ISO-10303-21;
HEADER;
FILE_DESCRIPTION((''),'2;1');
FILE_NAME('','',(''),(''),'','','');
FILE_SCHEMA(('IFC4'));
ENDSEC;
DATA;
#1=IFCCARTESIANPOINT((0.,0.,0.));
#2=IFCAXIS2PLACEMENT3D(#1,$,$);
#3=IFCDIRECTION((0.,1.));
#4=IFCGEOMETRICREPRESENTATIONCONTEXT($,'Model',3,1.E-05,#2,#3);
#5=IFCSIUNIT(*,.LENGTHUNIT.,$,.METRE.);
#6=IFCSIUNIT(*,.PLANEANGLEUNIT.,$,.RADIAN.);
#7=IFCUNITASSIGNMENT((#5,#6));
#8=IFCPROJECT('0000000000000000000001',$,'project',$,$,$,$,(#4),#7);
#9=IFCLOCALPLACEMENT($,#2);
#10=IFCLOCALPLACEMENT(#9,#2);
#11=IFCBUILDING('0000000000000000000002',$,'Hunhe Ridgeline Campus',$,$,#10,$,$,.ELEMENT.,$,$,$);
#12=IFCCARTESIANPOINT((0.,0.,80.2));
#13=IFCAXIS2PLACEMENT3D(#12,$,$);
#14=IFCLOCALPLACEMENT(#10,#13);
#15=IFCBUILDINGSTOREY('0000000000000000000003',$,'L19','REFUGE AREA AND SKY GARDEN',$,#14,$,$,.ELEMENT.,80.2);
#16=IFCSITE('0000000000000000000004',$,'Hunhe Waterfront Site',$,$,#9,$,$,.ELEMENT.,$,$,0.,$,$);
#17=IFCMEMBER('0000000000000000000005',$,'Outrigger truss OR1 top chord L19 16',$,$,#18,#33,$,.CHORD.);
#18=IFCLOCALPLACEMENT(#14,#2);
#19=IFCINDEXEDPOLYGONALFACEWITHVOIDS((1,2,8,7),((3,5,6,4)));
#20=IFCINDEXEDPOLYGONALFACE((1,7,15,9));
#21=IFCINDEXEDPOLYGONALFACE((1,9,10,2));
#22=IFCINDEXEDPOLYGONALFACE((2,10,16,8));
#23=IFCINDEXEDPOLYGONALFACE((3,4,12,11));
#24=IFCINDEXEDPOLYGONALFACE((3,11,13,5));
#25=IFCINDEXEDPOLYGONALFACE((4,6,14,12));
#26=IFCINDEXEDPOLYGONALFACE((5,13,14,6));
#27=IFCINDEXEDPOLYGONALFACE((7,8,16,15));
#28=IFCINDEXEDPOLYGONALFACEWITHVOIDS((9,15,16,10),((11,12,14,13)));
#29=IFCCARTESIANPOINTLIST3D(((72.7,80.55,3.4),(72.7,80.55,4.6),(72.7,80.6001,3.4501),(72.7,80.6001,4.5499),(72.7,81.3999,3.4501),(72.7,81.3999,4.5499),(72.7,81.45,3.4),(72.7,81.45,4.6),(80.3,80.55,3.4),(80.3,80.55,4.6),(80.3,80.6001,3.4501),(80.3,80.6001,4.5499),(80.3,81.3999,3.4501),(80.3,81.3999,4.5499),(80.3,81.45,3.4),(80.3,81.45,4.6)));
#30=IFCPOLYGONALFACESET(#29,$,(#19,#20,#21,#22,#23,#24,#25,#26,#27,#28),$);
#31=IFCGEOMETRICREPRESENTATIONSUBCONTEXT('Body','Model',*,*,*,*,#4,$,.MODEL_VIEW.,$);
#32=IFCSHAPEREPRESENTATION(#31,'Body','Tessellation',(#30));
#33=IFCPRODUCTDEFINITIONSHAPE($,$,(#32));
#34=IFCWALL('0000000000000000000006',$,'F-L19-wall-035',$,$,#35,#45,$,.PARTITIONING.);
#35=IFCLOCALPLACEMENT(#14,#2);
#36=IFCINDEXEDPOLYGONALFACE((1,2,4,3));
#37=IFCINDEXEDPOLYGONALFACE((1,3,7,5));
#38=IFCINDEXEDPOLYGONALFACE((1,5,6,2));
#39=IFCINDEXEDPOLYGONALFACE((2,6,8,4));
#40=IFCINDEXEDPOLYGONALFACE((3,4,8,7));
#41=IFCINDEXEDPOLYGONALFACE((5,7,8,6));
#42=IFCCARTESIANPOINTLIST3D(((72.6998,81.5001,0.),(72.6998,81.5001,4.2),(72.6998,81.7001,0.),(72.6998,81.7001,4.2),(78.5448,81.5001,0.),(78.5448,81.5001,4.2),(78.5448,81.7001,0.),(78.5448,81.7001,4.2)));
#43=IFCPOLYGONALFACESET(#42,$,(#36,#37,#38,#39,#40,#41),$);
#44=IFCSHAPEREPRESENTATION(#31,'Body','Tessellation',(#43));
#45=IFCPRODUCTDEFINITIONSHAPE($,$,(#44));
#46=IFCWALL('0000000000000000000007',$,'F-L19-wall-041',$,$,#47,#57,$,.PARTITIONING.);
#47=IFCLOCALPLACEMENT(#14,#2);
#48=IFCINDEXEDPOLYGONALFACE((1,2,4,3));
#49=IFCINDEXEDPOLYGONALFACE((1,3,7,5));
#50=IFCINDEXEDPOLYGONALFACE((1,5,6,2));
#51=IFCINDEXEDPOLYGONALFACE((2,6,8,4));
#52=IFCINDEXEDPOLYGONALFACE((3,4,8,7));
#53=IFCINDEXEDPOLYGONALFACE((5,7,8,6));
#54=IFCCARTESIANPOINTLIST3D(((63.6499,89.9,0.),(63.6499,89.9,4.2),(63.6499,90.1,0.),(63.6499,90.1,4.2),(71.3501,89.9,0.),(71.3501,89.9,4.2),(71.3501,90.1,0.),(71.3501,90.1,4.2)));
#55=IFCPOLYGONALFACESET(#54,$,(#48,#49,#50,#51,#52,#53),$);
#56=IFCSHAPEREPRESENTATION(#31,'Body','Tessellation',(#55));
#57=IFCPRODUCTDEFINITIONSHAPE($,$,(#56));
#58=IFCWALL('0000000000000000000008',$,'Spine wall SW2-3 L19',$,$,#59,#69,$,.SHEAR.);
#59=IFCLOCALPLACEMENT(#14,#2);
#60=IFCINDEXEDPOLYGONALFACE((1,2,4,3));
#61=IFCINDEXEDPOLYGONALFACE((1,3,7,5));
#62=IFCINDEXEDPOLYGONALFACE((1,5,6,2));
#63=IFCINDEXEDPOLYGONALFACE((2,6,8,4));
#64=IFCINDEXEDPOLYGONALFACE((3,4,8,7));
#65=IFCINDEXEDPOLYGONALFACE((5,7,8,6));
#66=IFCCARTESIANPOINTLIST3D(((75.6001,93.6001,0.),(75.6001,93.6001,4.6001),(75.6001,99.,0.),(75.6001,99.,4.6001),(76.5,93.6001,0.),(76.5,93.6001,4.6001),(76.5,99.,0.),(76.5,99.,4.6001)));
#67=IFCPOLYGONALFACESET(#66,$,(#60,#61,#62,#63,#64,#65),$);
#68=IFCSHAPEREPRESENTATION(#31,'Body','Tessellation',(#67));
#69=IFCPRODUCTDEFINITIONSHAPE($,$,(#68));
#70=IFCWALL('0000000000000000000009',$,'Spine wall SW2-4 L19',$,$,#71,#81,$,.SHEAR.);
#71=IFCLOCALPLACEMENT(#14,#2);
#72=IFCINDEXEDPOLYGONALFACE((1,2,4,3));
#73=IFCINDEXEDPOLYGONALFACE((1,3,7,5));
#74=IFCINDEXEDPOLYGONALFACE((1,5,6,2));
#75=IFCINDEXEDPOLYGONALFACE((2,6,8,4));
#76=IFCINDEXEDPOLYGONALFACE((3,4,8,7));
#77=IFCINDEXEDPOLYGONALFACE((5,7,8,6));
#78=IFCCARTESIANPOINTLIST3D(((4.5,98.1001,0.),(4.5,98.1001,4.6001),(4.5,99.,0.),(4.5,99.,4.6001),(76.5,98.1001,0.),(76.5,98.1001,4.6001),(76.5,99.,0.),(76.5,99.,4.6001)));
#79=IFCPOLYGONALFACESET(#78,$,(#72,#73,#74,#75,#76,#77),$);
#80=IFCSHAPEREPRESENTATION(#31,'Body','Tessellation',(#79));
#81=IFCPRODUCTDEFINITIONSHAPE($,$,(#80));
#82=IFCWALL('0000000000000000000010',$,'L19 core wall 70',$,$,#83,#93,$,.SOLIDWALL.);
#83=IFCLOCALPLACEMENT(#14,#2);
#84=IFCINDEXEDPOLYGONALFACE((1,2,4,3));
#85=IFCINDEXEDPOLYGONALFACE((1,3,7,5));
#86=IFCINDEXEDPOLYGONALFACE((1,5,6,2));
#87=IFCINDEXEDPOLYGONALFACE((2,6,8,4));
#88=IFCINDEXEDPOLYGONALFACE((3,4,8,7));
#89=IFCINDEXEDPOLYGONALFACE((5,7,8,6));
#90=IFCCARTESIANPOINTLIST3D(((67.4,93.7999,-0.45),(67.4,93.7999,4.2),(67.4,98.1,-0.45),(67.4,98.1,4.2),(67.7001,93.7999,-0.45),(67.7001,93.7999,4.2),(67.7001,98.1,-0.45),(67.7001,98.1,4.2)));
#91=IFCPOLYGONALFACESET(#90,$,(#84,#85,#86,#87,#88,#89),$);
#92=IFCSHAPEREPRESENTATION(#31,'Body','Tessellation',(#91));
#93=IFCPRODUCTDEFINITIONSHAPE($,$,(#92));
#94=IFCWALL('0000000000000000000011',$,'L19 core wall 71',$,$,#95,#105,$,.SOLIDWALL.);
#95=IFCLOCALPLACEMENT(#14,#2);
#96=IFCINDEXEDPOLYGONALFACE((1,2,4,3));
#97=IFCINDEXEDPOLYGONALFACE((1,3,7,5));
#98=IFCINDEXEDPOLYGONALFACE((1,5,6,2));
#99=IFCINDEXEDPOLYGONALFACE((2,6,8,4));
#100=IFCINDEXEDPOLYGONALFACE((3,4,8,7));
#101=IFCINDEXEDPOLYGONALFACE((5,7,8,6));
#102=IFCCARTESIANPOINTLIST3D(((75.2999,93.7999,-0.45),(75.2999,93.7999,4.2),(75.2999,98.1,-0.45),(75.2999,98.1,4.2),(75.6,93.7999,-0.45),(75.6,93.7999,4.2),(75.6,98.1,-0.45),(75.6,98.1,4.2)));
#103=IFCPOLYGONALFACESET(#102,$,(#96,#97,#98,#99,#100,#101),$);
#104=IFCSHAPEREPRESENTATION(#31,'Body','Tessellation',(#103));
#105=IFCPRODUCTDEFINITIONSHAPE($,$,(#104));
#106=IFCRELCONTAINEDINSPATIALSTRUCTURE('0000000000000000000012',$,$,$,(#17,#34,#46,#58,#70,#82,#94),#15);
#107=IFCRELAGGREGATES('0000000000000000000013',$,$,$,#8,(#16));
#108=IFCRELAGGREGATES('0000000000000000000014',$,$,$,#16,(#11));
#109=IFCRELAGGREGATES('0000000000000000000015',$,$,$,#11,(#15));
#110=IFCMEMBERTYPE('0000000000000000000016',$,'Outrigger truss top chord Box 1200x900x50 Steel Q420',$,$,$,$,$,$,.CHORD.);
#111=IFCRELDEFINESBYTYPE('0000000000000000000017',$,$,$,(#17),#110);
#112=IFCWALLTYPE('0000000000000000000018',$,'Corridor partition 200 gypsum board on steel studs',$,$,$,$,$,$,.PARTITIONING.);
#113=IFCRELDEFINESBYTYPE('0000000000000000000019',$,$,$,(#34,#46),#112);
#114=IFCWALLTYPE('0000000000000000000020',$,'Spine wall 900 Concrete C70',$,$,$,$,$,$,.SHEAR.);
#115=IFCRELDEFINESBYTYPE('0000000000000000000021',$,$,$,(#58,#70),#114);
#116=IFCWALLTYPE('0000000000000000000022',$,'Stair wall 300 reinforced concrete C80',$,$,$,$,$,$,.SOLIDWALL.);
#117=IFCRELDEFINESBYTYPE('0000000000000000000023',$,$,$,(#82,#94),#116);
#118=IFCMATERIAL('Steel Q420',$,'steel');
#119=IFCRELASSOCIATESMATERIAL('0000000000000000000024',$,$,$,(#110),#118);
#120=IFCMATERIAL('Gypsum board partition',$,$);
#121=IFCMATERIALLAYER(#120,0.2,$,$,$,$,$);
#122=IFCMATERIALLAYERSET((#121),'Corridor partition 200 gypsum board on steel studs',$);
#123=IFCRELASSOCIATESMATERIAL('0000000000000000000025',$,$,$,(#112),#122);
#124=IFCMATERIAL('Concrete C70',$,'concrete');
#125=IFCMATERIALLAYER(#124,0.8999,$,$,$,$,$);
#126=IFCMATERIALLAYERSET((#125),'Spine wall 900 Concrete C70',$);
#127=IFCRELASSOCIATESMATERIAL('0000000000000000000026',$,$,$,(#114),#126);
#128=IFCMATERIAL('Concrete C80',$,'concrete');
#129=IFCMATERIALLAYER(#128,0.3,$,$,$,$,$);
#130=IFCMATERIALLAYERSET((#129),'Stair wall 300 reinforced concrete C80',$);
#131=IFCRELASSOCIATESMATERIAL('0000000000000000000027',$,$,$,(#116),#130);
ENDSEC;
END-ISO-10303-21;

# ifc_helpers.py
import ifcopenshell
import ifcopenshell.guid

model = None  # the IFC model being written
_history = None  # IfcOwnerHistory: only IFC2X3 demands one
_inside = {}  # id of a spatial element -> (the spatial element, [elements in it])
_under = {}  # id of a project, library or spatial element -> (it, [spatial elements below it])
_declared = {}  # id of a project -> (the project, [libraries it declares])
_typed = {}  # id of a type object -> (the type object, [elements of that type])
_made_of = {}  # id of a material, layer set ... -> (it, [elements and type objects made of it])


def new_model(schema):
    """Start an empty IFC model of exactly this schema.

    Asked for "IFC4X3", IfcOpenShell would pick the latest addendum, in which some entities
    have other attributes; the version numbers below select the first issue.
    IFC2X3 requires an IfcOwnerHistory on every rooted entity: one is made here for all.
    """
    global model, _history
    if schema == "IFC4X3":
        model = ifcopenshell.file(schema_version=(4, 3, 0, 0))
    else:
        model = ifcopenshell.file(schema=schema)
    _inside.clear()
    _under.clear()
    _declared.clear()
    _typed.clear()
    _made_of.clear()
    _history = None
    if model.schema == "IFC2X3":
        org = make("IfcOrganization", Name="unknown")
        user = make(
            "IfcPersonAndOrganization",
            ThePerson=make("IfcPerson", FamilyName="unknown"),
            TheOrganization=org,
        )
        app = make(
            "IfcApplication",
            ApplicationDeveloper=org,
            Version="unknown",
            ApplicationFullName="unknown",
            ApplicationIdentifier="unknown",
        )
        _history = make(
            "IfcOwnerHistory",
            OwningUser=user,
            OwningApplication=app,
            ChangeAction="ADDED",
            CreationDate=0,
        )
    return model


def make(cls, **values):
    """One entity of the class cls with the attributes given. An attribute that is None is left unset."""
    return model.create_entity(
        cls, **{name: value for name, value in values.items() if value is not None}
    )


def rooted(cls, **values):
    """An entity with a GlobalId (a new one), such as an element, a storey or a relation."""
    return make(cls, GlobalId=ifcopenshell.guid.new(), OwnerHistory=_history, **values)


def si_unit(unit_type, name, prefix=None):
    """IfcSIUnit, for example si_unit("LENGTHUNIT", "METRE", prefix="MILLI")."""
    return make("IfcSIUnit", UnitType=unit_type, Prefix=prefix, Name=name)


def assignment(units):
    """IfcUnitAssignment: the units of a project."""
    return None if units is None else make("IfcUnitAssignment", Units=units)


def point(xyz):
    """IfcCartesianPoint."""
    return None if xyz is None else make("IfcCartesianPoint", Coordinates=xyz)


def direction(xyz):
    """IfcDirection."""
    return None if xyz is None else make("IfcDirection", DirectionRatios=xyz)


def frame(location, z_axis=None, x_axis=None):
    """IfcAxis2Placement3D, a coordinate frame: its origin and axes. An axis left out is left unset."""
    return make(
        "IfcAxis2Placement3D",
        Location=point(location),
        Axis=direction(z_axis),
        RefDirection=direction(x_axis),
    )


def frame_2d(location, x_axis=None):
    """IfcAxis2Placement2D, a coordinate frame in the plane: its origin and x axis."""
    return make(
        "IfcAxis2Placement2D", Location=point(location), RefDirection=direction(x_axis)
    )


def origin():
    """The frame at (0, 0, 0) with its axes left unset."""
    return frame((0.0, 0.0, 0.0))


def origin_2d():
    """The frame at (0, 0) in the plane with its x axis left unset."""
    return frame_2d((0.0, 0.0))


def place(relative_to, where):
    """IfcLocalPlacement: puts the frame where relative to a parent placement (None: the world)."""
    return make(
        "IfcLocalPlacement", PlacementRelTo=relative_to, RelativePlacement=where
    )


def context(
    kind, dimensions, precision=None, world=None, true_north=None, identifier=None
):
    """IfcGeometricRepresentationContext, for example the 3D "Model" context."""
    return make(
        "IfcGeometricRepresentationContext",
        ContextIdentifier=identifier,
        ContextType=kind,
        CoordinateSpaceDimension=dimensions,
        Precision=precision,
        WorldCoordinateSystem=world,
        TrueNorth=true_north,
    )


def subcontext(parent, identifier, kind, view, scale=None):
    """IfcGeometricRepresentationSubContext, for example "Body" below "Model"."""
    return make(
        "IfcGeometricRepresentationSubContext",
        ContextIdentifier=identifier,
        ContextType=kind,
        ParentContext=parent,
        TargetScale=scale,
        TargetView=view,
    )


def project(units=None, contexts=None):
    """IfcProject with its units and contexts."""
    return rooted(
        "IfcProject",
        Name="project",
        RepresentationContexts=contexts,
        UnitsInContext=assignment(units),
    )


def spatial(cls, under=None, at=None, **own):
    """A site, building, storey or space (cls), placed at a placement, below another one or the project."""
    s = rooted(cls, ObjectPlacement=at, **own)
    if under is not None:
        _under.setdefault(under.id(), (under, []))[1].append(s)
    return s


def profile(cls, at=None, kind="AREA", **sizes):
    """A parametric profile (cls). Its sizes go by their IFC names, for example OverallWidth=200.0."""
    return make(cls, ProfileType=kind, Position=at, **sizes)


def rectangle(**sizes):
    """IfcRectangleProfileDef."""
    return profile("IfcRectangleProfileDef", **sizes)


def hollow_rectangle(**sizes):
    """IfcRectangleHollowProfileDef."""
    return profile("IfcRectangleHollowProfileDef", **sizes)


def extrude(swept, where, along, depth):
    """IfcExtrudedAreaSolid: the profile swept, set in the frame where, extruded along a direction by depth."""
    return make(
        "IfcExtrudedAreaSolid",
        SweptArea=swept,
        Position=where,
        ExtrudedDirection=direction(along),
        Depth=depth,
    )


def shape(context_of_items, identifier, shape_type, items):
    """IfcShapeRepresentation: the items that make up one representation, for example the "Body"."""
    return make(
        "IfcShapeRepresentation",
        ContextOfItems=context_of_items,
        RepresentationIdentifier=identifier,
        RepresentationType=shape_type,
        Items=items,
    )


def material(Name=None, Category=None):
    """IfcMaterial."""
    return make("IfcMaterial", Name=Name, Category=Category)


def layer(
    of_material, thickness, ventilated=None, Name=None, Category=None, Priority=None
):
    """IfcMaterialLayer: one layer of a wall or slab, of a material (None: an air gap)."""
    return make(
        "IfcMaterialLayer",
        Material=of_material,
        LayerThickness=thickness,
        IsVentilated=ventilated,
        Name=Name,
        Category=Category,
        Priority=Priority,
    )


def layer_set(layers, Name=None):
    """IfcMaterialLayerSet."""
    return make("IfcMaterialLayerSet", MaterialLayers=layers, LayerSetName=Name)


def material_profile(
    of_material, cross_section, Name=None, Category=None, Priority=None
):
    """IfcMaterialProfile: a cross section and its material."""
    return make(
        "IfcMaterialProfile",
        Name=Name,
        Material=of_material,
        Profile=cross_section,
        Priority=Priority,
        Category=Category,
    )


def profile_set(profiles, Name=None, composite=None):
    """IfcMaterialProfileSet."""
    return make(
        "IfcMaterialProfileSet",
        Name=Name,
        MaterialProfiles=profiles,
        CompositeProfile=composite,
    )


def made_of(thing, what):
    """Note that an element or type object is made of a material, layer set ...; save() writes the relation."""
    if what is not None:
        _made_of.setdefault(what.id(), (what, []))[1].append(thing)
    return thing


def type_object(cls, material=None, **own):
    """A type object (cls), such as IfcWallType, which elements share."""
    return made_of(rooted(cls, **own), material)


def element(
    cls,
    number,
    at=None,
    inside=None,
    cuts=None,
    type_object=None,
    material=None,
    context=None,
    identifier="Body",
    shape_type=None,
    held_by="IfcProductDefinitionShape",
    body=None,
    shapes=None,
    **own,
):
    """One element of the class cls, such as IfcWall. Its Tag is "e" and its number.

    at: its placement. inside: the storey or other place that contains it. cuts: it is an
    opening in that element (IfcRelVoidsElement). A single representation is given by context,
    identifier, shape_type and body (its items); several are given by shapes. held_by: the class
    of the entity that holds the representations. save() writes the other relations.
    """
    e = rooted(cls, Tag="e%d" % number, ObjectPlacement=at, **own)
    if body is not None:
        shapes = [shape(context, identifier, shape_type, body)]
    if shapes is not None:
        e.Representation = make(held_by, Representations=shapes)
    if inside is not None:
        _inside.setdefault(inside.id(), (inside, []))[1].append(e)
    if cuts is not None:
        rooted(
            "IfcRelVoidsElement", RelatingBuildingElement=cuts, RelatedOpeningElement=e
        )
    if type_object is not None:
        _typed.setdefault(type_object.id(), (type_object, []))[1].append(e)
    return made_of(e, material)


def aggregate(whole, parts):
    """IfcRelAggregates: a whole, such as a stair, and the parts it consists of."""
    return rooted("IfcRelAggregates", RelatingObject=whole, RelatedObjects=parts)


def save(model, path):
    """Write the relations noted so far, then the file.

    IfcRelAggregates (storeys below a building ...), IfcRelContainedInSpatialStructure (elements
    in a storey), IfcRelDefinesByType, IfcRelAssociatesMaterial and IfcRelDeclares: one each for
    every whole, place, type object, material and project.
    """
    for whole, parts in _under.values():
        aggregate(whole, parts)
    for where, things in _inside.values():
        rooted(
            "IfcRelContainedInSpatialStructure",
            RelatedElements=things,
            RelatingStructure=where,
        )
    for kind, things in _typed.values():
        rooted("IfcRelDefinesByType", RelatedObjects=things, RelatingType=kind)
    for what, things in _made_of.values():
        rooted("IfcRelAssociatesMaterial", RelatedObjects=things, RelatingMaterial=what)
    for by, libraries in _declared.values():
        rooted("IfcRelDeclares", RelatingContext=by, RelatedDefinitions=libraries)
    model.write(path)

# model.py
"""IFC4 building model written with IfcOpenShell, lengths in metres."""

from ifc_helpers import new_model, si_unit, direction, frame, frame_2d, origin, origin_2d, place, context, subcontext, project, spatial, rectangle, hollow_rectangle, extrude, material, layer, layer_set, material_profile, profile_set, type_object, element, save


model = new_model("IFC4")

# Units and contexts
model_context = context("Model", 3, precision=1e-05, world=origin(), true_north=direction((0.0, 1.0)))
body_context = subcontext(model_context, "Body", "Model", "MODEL_VIEW")
ifc_project = project(units=[si_unit("LENGTHUNIT", "METRE"), si_unit("PLANEANGLEUNIT", "RADIAN")], contexts=[model_context])

# Site, building, storey
site_placement = place(None, origin())
site = spatial("IfcSite", under=ifc_project, at=site_placement, Name="Hunhe Waterfront Site", CompositionType="ELEMENT", RefElevation=0.0)
building_placement = place(site_placement, origin())
building = spatial("IfcBuilding", under=site, at=building_placement, Name="Hunhe Ridgeline Campus", CompositionType="ELEMENT")
storey_placement = place(building_placement, frame((0.0, 0.0, 80.2)))
storey = spatial("IfcBuildingStorey", under=building, at=storey_placement, Name="L19", Description="REFUGE AREA AND SKY GARDEN", CompositionType="ELEMENT", Elevation=80.2)

# Shared definitions
ifc_material_1 = material(Name="Concrete C80", Category="concrete")

# Member
ifc_material_2 = material(Name="Steel Q420", Category="steel")
ifc_material_profile_1 = material_profile(ifc_material_2, hollow_rectangle(XDim=0.8999, YDim=1.2, WallThickness=0.05, at=origin_2d()))
ifc_profile_set_1 = profile_set([ifc_material_profile_1], Name="Steel Q420")
member_type_1 = type_object("IfcMemberType", Name="Outrigger truss top chord Box 1200x900x50 Steel Q420", PredefinedType="CHORD", material=ifc_profile_set_1)
member_1_placement = place(storey_placement, frame((72.7, 81.0, 4.0), z_axis=(1.0, 0.0, 0.0), x_axis=(0.0, 1.0, 0.0)))
element("IfcMember", 1, at=member_1_placement, inside=storey, type_object=member_type_1, Name="Outrigger truss OR1 top chord L19 16", PredefinedType="CHORD", context=body_context, shape_type="SweptSolid", body=[
    extrude(hollow_rectangle(XDim=0.8999, YDim=1.2, WallThickness=0.05, at=origin_2d()), origin(), (0.0, 0.0, 1.0), 7.6001),
])

# Walls
ifc_material_3 = material(Name="Gypsum board partition")
ifc_layer_1 = layer(ifc_material_3, 0.2)
ifc_layer_set_1 = layer_set([ifc_layer_1], Name="Corridor partition 200 gypsum board on steel studs")
wall_type_1 = type_object("IfcWallType", Name="Corridor partition 200 gypsum board on steel studs", PredefinedType="PARTITIONING", material=ifc_layer_set_1)
wall_1_placement = place(storey_placement, frame((72.7, 81.6001, 0.0), z_axis=(0.0, 0.0, 1.0), x_axis=(1.0, 0.0, 0.0)))
element("IfcWall", 2, at=wall_1_placement, inside=storey, type_object=wall_type_1, Name="F-L19-wall-035", PredefinedType="PARTITIONING", context=body_context, shape_type="SweptSolid", body=[
    extrude(rectangle(XDim=5.845, YDim=0.2, at=frame_2d((2.9224, 0.0))), origin(), (0.0, 0.0, 1.0), 4.2),
])
wall_2_placement = place(storey_placement, frame((71.3501, 90.0, 0.0), z_axis=(0.0, 0.0, 1.0), x_axis=(-1.0, 0.0, 0.0)))
element("IfcWall", 3, at=wall_2_placement, inside=storey, type_object=wall_type_1, Name="F-L19-wall-041", PredefinedType="PARTITIONING", context=body_context, shape_type="SweptSolid", body=[
    extrude(rectangle(XDim=7.7002, YDim=0.2, at=frame_2d((3.8501, 0.0))), origin(), (0.0, 0.0, 1.0), 4.2),
])
ifc_material_4 = material(Name="Concrete C70", Category="concrete")
ifc_layer_2 = layer(ifc_material_4, 0.8999)
ifc_layer_set_2 = layer_set([ifc_layer_2], Name="Spine wall 900 Concrete C70")
wall_type_2 = type_object("IfcWallType", Name="Spine wall 900 Concrete C70", PredefinedType="SHEAR", material=ifc_layer_set_2)
wall_3_placement = place(storey_placement, frame((76.05, 93.6001, 0.0), z_axis=(0.0, 0.0, 1.0), x_axis=(0.0, 1.0, 0.0)))
element("IfcWall", 4, at=wall_3_placement, inside=storey, type_object=wall_type_2, Name="Spine wall SW2-3 L19", PredefinedType="SHEAR", context=body_context, shape_type="SweptSolid", body=[
    extrude(rectangle(XDim=5.3999, YDim=0.8999, at=frame_2d((2.7, 0.0))), origin(), (0.0, 0.0, 1.0), 4.6001),
])
wall_4_placement = place(storey_placement, frame((76.5, 98.55, 0.0), z_axis=(0.0, 0.0, 1.0), x_axis=(-1.0, 0.0, 0.0)))
element("IfcWall", 5, at=wall_4_placement, inside=storey, type_object=wall_type_2, Name="Spine wall SW2-4 L19", PredefinedType="SHEAR", context=body_context, shape_type="SweptSolid", body=[
    extrude(rectangle(XDim=72.0, YDim=0.8999, at=frame_2d((36.0, 0.0))), origin(), (0.0, 0.0, 1.0), 4.6001),
])

# Shared definitions
ifc_layer_3 = layer(ifc_material_1, 0.3)
ifc_layer_set_3 = layer_set([ifc_layer_3], Name="Stair wall 300 reinforced concrete C80")
wall_type_3 = type_object("IfcWallType", Name="Stair wall 300 reinforced concrete C80", PredefinedType="SOLIDWALL", material=ifc_layer_set_3)

# Walls
for number, where, z_axis, x_axis, name in (
    (6, (67.55, 93.8, -0.45), (0.0, 0.0, 1.0), (0.0, 1.0, 0.0), "L19 core wall 70"),
    (7, (75.45, 93.8, -0.45), (0.0, 0.0, 1.0), (0.0, 1.0, 0.0), "L19 core wall 71"),
):
    element("IfcWall", number, at=place(storey_placement, frame(where, z_axis=z_axis, x_axis=x_axis)), inside=storey, type_object=wall_type_3, Name=name, PredefinedType="SOLIDWALL", context=body_context, shape_type="SweptSolid", body=[
        extrude(rectangle(XDim=4.3, YDim=0.3, at=frame_2d((2.1499, 0.0))), origin(), (0.0, 0.0, 1.0), 4.6499),
    ])

save(model, "model.ifc")
